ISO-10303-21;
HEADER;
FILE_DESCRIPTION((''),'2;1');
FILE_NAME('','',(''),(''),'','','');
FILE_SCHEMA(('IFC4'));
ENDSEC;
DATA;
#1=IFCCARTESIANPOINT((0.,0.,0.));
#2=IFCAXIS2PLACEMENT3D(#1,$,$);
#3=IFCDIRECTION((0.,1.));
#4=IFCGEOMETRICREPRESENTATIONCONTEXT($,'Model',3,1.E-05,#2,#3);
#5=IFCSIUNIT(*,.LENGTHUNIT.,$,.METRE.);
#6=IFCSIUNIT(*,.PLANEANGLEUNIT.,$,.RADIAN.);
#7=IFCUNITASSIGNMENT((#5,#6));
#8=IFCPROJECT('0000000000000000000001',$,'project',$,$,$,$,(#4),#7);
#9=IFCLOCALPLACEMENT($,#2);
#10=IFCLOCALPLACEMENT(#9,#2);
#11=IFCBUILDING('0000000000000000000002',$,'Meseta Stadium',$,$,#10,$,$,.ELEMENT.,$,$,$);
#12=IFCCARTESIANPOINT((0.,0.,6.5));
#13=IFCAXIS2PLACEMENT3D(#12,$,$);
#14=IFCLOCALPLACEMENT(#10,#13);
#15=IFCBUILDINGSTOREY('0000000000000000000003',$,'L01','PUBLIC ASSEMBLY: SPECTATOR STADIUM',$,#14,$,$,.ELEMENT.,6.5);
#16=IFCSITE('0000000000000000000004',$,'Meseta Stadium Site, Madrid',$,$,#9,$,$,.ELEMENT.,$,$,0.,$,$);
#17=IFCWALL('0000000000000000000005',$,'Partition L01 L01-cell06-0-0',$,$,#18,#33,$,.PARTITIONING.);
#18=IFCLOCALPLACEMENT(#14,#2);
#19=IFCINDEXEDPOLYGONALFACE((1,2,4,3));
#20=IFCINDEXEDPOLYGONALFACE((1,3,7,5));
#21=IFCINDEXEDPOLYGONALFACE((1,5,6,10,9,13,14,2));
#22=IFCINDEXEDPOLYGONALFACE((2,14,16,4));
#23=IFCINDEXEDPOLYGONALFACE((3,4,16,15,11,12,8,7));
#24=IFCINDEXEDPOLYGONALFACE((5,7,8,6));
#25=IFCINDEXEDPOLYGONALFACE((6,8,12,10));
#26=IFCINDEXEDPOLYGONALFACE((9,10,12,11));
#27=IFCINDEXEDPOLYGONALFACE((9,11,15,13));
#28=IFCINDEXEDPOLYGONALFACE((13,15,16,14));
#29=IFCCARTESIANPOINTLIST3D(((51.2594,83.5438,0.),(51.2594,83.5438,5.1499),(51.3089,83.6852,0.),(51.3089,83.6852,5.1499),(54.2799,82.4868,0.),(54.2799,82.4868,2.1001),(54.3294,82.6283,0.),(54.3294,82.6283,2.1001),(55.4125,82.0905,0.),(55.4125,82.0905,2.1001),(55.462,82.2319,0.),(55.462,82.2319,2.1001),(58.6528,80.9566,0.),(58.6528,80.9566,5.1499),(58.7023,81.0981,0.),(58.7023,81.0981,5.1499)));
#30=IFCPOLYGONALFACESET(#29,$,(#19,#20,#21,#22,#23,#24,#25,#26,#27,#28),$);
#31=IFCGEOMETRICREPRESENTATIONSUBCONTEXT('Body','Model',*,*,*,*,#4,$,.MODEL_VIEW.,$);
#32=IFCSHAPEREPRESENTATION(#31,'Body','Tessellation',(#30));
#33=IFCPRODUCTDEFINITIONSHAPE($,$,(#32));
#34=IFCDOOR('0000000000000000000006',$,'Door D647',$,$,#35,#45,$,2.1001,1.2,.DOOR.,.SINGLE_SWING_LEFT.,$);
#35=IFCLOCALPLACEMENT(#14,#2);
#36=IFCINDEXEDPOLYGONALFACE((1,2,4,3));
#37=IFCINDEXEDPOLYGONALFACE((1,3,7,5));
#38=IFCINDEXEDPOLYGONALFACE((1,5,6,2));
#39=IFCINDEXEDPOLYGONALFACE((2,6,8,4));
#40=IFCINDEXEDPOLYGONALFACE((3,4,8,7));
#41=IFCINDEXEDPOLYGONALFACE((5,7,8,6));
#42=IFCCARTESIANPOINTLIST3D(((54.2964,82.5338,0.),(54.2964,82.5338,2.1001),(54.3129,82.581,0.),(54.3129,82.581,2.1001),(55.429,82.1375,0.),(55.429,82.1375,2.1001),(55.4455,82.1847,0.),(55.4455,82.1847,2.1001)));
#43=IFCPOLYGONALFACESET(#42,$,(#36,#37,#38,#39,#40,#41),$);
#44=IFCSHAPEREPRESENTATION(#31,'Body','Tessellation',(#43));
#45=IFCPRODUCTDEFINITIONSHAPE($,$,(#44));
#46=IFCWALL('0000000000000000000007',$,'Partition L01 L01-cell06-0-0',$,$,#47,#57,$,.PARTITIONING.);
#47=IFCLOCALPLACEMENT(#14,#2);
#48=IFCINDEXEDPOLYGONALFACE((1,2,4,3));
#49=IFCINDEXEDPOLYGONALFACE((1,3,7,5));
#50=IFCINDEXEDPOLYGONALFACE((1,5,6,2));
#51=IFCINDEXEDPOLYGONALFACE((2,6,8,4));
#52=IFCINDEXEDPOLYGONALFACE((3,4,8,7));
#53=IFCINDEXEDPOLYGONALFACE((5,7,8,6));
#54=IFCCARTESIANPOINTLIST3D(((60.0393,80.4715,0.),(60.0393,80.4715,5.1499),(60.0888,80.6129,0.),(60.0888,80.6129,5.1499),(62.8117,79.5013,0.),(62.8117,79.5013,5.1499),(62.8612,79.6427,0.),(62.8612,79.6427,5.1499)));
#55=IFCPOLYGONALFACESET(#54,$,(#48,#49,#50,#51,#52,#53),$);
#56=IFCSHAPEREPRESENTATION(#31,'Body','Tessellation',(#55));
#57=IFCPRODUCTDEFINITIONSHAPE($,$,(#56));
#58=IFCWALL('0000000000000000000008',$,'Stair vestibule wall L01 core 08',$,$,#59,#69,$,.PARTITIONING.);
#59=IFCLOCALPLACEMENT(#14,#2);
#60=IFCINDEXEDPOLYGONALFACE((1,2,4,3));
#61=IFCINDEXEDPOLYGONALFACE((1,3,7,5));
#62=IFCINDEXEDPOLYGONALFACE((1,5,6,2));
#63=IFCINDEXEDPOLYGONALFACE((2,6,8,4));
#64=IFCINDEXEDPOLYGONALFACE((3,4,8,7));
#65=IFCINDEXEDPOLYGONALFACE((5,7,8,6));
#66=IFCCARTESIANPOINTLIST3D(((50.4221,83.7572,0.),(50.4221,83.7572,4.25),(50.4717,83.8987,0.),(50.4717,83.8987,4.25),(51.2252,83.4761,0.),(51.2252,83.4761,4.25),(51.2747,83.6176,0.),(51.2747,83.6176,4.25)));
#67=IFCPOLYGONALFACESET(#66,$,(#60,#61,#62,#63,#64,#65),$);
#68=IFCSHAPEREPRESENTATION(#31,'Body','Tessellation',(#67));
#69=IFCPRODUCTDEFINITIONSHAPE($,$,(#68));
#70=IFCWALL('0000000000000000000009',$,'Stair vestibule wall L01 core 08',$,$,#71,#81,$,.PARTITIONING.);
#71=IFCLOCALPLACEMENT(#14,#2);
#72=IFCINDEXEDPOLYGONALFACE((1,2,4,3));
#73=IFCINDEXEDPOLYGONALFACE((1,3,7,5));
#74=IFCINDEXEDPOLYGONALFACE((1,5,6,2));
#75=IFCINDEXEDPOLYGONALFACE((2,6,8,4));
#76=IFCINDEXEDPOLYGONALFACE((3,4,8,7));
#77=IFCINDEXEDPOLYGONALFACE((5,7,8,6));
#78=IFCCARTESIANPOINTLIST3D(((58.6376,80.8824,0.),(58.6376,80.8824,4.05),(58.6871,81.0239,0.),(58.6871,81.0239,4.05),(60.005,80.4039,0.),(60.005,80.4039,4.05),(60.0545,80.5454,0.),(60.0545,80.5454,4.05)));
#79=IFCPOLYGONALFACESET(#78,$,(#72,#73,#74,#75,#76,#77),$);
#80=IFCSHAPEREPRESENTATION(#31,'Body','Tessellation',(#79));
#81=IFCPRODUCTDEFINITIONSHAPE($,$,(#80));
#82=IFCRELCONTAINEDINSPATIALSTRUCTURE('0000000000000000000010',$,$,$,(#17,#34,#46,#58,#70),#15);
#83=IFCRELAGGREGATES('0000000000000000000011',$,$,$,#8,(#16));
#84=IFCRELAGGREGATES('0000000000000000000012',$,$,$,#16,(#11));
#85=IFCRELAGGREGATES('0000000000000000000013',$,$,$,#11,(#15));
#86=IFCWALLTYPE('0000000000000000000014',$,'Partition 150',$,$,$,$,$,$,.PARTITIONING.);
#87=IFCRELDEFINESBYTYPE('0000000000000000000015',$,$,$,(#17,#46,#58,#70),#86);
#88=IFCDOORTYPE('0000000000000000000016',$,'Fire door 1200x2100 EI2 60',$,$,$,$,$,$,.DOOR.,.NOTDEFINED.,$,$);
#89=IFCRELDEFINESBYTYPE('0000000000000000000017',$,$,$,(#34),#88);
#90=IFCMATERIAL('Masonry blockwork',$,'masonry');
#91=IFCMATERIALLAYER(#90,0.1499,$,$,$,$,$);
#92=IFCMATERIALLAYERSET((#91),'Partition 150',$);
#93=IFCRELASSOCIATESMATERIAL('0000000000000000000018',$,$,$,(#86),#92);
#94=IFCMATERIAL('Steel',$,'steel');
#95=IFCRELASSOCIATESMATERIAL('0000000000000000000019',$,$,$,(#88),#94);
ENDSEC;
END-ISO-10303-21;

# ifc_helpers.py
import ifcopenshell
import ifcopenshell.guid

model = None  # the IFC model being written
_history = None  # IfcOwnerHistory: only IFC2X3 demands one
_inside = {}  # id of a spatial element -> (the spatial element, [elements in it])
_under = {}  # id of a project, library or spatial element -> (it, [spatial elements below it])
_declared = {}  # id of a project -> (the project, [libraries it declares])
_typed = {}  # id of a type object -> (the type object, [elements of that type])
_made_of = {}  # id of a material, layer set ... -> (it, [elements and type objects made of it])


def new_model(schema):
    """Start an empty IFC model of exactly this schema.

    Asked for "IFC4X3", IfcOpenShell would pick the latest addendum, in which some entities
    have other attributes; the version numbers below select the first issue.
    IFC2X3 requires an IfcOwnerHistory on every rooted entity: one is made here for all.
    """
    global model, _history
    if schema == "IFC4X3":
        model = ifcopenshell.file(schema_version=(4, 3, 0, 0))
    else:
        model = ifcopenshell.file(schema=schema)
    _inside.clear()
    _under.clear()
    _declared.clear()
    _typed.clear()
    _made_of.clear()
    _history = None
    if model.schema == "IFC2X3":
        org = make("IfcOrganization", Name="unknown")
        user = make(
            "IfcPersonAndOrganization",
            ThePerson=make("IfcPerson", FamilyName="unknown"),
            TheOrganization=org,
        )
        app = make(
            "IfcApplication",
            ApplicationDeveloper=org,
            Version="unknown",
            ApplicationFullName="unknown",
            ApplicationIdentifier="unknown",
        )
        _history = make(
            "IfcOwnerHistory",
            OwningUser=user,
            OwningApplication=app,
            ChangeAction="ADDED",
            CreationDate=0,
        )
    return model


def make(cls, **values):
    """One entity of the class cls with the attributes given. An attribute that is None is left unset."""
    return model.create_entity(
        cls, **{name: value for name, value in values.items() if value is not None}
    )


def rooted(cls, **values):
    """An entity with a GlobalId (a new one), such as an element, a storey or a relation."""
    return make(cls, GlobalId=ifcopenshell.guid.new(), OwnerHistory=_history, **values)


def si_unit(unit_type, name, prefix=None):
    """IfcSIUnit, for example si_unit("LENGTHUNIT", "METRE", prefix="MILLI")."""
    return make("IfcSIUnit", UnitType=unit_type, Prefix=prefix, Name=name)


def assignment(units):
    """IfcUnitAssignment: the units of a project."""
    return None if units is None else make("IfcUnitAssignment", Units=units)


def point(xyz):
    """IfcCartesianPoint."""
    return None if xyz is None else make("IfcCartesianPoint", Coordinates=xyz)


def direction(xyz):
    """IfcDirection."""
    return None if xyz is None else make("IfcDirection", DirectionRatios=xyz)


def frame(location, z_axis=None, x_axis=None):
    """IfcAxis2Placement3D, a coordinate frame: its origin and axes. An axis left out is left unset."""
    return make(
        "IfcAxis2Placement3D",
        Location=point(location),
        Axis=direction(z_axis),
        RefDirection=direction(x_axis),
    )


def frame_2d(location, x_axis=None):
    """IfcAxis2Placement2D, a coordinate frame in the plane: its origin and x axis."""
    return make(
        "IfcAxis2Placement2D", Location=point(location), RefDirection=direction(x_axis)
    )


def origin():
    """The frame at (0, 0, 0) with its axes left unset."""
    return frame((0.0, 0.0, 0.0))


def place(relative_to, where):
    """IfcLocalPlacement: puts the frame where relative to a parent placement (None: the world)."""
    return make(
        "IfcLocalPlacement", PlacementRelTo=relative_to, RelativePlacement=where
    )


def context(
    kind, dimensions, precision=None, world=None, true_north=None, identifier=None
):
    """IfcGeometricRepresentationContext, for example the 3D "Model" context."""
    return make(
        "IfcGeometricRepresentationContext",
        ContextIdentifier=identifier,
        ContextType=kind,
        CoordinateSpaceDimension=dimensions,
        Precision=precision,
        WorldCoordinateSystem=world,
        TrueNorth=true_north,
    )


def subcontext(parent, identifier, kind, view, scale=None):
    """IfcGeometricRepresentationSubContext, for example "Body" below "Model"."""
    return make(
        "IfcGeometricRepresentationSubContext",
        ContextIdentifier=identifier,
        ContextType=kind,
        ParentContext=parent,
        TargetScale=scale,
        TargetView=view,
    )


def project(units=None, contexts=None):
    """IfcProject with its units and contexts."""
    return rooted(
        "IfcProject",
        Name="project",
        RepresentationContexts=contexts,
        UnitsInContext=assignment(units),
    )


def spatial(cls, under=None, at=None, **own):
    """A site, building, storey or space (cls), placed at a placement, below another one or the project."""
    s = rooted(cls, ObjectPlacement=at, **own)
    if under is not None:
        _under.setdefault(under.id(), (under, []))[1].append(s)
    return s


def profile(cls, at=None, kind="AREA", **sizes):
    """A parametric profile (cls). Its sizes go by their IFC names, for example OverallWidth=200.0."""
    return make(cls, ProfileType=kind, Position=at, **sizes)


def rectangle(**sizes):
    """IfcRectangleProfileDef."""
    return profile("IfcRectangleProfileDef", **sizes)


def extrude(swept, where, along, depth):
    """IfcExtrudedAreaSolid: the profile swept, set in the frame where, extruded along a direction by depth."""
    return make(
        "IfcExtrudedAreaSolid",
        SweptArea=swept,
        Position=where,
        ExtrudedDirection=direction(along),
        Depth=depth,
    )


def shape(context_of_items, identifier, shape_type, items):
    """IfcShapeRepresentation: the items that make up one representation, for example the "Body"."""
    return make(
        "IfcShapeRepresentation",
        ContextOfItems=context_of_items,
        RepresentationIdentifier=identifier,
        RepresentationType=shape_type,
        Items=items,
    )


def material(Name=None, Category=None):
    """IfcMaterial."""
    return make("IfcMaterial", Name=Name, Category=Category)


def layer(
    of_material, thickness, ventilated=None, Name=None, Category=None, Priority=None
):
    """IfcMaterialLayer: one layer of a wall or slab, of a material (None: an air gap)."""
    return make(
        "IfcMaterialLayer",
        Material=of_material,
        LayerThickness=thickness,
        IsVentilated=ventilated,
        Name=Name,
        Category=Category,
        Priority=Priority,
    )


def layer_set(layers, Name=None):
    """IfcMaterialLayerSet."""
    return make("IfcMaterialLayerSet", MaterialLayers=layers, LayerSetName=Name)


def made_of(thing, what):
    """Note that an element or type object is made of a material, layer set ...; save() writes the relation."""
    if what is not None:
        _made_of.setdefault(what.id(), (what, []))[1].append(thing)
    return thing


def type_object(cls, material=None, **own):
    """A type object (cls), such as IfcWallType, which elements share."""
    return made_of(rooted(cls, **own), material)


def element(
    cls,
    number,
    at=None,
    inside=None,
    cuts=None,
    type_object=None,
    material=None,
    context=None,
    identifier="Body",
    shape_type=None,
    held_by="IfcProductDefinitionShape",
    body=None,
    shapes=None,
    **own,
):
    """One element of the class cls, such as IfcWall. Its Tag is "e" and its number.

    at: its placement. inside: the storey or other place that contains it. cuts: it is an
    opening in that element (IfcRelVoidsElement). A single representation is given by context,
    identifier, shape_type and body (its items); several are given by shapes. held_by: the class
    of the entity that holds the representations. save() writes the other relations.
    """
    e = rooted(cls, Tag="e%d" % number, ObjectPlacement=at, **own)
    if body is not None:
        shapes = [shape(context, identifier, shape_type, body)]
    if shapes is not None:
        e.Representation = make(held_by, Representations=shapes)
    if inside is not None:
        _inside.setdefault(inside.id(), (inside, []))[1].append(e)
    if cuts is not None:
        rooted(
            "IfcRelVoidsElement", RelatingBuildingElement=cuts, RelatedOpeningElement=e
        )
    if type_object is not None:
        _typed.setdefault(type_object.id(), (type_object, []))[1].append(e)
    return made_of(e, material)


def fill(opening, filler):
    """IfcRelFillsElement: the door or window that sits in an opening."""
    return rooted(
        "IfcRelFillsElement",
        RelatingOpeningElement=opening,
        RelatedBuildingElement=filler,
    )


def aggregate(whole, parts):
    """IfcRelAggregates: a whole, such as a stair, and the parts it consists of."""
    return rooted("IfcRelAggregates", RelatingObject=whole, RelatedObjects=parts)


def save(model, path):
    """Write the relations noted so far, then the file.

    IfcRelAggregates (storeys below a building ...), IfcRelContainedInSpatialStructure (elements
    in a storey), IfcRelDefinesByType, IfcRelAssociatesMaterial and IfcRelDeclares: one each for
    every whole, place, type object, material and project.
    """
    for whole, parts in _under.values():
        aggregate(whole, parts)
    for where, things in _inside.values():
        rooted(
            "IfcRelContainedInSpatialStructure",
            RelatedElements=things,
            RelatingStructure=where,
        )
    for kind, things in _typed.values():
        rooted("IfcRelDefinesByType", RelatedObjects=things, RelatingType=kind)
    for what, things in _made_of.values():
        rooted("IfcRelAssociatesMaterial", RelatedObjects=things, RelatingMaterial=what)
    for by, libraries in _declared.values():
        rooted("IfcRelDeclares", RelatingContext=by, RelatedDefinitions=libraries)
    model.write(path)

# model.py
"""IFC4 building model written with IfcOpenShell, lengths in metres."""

from ifc_helpers import new_model, si_unit, direction, frame, frame_2d, origin, place, context, subcontext, project, spatial, rectangle, extrude, material, layer, layer_set, type_object, element, fill, save


model = new_model("IFC4")

# Units and contexts
model_context = context("Model", 3, precision=1e-05, world=origin(), true_north=direction((0.0, 1.0)))
body_context = subcontext(model_context, "Body", "Model", "MODEL_VIEW")
ifc_project = project(units=[si_unit("LENGTHUNIT", "METRE"), si_unit("PLANEANGLEUNIT", "RADIAN")], contexts=[model_context])

# Site, building, storey
site_placement = place(None, origin())
site = spatial("IfcSite", under=ifc_project, at=site_placement, Name="Meseta Stadium Site, Madrid", CompositionType="ELEMENT", RefElevation=0.0)
building_placement = place(site_placement, origin())
building = spatial("IfcBuilding", under=site, at=building_placement, Name="Meseta Stadium", CompositionType="ELEMENT")
storey_placement = place(building_placement, frame((0.0, 0.0, 6.5)))
storey = spatial("IfcBuildingStorey", under=building, at=storey_placement, Name="L01", Description="PUBLIC ASSEMBLY: SPECTATOR STADIUM", CompositionType="ELEMENT", Elevation=6.5)

# Shared definitions
ifc_material_1 = material(Name="Masonry blockwork", Category="masonry")
ifc_layer_1 = layer(ifc_material_1, 0.1499)
ifc_layer_set_1 = layer_set([ifc_layer_1], Name="Partition 150")
wall_type_1 = type_object("IfcWallType", Name="Partition 150", PredefinedType="PARTITIONING", material=ifc_layer_set_1)

# Wall, opening, door
wall_1_placement = place(storey_placement, frame((51.2842, 83.6145, 0.0), z_axis=(0.0, 0.0, 1.0), x_axis=(0.943878, -0.330294, 0.0)))
wall_1 = element("IfcWall", 1, at=wall_1_placement, inside=storey, type_object=wall_type_1, Name="Partition L01 L01-cell06-0-0", PredefinedType="PARTITIONING", context=body_context, shape_type="SweptSolid", body=[
    extrude(rectangle(XDim=7.833, YDim=0.1499, at=frame_2d((3.9165, 0.0))), origin(), (0.0, 0.0, 1.0), 5.1499),
])
opening_1_placement = place(wall_1_placement, frame((3.2, 0.0, 0.0)))
opening_1 = element("IfcOpeningElement", 2, at=opening_1_placement, cuts=wall_1, PredefinedType="OPENING", context=body_context, shape_type="SweptSolid", body=[
    extrude(rectangle(XDim=1.2, YDim=2.1001, at=frame_2d((0.6001, 1.05))), frame((0.0, 0.085, 0.0), z_axis=(0.0, -1.0, 0.0), x_axis=(1.0, 0.0, 0.0)), (0.0, 0.0, 1.0), 0.1699),
])
ifc_material_2 = material(Name="Steel", Category="steel")
door_type_1 = type_object("IfcDoorType", Name="Fire door 1200x2100 EI2 60", OperationType="NOTDEFINED", PredefinedType="DOOR", material=ifc_material_2)
door_1_placement = place(opening_1_placement, origin())
door_1 = element("IfcDoor", 3, at=door_1_placement, inside=storey, type_object=door_type_1, Name="Door D647", OperationType="SINGLE_SWING_LEFT", OverallHeight=2.1001, OverallWidth=1.2, PredefinedType="DOOR", context=body_context, shape_type="SweptSolid", body=[
    extrude(rectangle(XDim=1.2, YDim=2.1001, at=frame_2d((0.6001, 1.05))), frame((0.0, 0.0249, 0.0), z_axis=(0.0, -1.0, 0.0), x_axis=(1.0, 0.0, 0.0)), (0.0, 0.0, 1.0), 0.05),
])
fill(opening_1, door_1)

# Walls
wall_2_placement = place(storey_placement, frame((60.064, 80.5422, 0.0), z_axis=(0.0, 0.0, 1.0), x_axis=(0.943874, -0.330306, 0.0)))
element("IfcWall", 4, at=wall_2_placement, inside=storey, type_object=wall_type_1, Name="Partition L01 L01-cell06-0-0", PredefinedType="PARTITIONING", context=body_context, shape_type="SweptSolid", body=[
    extrude(rectangle(XDim=2.9373, YDim=0.1499, at=frame_2d((1.4688, 0.0))), origin(), (0.0, 0.0, 1.0), 5.1499),
])
wall_3_placement = place(storey_placement, frame((50.447, 83.8279, 0.0), z_axis=(0.0, 0.0, 1.0), x_axis=(0.943872, -0.330312, 0.0)))
element("IfcWall", 5, at=wall_3_placement, inside=storey, type_object=wall_type_1, Name="Stair vestibule wall L01 core 08", PredefinedType="PARTITIONING", context=body_context, shape_type="SweptSolid", body=[
    extrude(rectangle(XDim=0.8508, YDim=0.1499, at=frame_2d((0.4253, 0.0))), origin(), (0.0, 0.0, 1.0), 4.25),
])
wall_4_placement = place(storey_placement, frame((58.6624, 80.9531, 0.0), z_axis=(0.0, 0.0, 1.0), x_axis=(0.943877, -0.330298, 0.0)))
element("IfcWall", 6, at=wall_4_placement, inside=storey, type_object=wall_type_1, Name="Stair vestibule wall L01 core 08", PredefinedType="PARTITIONING", context=body_context, shape_type="SweptSolid", body=[
    extrude(rectangle(XDim=1.4487, YDim=0.1499, at=frame_2d((0.7244, 0.0))), origin(), (0.0, 0.0, 1.0), 4.05),
])

save(model, "model.ifc")
